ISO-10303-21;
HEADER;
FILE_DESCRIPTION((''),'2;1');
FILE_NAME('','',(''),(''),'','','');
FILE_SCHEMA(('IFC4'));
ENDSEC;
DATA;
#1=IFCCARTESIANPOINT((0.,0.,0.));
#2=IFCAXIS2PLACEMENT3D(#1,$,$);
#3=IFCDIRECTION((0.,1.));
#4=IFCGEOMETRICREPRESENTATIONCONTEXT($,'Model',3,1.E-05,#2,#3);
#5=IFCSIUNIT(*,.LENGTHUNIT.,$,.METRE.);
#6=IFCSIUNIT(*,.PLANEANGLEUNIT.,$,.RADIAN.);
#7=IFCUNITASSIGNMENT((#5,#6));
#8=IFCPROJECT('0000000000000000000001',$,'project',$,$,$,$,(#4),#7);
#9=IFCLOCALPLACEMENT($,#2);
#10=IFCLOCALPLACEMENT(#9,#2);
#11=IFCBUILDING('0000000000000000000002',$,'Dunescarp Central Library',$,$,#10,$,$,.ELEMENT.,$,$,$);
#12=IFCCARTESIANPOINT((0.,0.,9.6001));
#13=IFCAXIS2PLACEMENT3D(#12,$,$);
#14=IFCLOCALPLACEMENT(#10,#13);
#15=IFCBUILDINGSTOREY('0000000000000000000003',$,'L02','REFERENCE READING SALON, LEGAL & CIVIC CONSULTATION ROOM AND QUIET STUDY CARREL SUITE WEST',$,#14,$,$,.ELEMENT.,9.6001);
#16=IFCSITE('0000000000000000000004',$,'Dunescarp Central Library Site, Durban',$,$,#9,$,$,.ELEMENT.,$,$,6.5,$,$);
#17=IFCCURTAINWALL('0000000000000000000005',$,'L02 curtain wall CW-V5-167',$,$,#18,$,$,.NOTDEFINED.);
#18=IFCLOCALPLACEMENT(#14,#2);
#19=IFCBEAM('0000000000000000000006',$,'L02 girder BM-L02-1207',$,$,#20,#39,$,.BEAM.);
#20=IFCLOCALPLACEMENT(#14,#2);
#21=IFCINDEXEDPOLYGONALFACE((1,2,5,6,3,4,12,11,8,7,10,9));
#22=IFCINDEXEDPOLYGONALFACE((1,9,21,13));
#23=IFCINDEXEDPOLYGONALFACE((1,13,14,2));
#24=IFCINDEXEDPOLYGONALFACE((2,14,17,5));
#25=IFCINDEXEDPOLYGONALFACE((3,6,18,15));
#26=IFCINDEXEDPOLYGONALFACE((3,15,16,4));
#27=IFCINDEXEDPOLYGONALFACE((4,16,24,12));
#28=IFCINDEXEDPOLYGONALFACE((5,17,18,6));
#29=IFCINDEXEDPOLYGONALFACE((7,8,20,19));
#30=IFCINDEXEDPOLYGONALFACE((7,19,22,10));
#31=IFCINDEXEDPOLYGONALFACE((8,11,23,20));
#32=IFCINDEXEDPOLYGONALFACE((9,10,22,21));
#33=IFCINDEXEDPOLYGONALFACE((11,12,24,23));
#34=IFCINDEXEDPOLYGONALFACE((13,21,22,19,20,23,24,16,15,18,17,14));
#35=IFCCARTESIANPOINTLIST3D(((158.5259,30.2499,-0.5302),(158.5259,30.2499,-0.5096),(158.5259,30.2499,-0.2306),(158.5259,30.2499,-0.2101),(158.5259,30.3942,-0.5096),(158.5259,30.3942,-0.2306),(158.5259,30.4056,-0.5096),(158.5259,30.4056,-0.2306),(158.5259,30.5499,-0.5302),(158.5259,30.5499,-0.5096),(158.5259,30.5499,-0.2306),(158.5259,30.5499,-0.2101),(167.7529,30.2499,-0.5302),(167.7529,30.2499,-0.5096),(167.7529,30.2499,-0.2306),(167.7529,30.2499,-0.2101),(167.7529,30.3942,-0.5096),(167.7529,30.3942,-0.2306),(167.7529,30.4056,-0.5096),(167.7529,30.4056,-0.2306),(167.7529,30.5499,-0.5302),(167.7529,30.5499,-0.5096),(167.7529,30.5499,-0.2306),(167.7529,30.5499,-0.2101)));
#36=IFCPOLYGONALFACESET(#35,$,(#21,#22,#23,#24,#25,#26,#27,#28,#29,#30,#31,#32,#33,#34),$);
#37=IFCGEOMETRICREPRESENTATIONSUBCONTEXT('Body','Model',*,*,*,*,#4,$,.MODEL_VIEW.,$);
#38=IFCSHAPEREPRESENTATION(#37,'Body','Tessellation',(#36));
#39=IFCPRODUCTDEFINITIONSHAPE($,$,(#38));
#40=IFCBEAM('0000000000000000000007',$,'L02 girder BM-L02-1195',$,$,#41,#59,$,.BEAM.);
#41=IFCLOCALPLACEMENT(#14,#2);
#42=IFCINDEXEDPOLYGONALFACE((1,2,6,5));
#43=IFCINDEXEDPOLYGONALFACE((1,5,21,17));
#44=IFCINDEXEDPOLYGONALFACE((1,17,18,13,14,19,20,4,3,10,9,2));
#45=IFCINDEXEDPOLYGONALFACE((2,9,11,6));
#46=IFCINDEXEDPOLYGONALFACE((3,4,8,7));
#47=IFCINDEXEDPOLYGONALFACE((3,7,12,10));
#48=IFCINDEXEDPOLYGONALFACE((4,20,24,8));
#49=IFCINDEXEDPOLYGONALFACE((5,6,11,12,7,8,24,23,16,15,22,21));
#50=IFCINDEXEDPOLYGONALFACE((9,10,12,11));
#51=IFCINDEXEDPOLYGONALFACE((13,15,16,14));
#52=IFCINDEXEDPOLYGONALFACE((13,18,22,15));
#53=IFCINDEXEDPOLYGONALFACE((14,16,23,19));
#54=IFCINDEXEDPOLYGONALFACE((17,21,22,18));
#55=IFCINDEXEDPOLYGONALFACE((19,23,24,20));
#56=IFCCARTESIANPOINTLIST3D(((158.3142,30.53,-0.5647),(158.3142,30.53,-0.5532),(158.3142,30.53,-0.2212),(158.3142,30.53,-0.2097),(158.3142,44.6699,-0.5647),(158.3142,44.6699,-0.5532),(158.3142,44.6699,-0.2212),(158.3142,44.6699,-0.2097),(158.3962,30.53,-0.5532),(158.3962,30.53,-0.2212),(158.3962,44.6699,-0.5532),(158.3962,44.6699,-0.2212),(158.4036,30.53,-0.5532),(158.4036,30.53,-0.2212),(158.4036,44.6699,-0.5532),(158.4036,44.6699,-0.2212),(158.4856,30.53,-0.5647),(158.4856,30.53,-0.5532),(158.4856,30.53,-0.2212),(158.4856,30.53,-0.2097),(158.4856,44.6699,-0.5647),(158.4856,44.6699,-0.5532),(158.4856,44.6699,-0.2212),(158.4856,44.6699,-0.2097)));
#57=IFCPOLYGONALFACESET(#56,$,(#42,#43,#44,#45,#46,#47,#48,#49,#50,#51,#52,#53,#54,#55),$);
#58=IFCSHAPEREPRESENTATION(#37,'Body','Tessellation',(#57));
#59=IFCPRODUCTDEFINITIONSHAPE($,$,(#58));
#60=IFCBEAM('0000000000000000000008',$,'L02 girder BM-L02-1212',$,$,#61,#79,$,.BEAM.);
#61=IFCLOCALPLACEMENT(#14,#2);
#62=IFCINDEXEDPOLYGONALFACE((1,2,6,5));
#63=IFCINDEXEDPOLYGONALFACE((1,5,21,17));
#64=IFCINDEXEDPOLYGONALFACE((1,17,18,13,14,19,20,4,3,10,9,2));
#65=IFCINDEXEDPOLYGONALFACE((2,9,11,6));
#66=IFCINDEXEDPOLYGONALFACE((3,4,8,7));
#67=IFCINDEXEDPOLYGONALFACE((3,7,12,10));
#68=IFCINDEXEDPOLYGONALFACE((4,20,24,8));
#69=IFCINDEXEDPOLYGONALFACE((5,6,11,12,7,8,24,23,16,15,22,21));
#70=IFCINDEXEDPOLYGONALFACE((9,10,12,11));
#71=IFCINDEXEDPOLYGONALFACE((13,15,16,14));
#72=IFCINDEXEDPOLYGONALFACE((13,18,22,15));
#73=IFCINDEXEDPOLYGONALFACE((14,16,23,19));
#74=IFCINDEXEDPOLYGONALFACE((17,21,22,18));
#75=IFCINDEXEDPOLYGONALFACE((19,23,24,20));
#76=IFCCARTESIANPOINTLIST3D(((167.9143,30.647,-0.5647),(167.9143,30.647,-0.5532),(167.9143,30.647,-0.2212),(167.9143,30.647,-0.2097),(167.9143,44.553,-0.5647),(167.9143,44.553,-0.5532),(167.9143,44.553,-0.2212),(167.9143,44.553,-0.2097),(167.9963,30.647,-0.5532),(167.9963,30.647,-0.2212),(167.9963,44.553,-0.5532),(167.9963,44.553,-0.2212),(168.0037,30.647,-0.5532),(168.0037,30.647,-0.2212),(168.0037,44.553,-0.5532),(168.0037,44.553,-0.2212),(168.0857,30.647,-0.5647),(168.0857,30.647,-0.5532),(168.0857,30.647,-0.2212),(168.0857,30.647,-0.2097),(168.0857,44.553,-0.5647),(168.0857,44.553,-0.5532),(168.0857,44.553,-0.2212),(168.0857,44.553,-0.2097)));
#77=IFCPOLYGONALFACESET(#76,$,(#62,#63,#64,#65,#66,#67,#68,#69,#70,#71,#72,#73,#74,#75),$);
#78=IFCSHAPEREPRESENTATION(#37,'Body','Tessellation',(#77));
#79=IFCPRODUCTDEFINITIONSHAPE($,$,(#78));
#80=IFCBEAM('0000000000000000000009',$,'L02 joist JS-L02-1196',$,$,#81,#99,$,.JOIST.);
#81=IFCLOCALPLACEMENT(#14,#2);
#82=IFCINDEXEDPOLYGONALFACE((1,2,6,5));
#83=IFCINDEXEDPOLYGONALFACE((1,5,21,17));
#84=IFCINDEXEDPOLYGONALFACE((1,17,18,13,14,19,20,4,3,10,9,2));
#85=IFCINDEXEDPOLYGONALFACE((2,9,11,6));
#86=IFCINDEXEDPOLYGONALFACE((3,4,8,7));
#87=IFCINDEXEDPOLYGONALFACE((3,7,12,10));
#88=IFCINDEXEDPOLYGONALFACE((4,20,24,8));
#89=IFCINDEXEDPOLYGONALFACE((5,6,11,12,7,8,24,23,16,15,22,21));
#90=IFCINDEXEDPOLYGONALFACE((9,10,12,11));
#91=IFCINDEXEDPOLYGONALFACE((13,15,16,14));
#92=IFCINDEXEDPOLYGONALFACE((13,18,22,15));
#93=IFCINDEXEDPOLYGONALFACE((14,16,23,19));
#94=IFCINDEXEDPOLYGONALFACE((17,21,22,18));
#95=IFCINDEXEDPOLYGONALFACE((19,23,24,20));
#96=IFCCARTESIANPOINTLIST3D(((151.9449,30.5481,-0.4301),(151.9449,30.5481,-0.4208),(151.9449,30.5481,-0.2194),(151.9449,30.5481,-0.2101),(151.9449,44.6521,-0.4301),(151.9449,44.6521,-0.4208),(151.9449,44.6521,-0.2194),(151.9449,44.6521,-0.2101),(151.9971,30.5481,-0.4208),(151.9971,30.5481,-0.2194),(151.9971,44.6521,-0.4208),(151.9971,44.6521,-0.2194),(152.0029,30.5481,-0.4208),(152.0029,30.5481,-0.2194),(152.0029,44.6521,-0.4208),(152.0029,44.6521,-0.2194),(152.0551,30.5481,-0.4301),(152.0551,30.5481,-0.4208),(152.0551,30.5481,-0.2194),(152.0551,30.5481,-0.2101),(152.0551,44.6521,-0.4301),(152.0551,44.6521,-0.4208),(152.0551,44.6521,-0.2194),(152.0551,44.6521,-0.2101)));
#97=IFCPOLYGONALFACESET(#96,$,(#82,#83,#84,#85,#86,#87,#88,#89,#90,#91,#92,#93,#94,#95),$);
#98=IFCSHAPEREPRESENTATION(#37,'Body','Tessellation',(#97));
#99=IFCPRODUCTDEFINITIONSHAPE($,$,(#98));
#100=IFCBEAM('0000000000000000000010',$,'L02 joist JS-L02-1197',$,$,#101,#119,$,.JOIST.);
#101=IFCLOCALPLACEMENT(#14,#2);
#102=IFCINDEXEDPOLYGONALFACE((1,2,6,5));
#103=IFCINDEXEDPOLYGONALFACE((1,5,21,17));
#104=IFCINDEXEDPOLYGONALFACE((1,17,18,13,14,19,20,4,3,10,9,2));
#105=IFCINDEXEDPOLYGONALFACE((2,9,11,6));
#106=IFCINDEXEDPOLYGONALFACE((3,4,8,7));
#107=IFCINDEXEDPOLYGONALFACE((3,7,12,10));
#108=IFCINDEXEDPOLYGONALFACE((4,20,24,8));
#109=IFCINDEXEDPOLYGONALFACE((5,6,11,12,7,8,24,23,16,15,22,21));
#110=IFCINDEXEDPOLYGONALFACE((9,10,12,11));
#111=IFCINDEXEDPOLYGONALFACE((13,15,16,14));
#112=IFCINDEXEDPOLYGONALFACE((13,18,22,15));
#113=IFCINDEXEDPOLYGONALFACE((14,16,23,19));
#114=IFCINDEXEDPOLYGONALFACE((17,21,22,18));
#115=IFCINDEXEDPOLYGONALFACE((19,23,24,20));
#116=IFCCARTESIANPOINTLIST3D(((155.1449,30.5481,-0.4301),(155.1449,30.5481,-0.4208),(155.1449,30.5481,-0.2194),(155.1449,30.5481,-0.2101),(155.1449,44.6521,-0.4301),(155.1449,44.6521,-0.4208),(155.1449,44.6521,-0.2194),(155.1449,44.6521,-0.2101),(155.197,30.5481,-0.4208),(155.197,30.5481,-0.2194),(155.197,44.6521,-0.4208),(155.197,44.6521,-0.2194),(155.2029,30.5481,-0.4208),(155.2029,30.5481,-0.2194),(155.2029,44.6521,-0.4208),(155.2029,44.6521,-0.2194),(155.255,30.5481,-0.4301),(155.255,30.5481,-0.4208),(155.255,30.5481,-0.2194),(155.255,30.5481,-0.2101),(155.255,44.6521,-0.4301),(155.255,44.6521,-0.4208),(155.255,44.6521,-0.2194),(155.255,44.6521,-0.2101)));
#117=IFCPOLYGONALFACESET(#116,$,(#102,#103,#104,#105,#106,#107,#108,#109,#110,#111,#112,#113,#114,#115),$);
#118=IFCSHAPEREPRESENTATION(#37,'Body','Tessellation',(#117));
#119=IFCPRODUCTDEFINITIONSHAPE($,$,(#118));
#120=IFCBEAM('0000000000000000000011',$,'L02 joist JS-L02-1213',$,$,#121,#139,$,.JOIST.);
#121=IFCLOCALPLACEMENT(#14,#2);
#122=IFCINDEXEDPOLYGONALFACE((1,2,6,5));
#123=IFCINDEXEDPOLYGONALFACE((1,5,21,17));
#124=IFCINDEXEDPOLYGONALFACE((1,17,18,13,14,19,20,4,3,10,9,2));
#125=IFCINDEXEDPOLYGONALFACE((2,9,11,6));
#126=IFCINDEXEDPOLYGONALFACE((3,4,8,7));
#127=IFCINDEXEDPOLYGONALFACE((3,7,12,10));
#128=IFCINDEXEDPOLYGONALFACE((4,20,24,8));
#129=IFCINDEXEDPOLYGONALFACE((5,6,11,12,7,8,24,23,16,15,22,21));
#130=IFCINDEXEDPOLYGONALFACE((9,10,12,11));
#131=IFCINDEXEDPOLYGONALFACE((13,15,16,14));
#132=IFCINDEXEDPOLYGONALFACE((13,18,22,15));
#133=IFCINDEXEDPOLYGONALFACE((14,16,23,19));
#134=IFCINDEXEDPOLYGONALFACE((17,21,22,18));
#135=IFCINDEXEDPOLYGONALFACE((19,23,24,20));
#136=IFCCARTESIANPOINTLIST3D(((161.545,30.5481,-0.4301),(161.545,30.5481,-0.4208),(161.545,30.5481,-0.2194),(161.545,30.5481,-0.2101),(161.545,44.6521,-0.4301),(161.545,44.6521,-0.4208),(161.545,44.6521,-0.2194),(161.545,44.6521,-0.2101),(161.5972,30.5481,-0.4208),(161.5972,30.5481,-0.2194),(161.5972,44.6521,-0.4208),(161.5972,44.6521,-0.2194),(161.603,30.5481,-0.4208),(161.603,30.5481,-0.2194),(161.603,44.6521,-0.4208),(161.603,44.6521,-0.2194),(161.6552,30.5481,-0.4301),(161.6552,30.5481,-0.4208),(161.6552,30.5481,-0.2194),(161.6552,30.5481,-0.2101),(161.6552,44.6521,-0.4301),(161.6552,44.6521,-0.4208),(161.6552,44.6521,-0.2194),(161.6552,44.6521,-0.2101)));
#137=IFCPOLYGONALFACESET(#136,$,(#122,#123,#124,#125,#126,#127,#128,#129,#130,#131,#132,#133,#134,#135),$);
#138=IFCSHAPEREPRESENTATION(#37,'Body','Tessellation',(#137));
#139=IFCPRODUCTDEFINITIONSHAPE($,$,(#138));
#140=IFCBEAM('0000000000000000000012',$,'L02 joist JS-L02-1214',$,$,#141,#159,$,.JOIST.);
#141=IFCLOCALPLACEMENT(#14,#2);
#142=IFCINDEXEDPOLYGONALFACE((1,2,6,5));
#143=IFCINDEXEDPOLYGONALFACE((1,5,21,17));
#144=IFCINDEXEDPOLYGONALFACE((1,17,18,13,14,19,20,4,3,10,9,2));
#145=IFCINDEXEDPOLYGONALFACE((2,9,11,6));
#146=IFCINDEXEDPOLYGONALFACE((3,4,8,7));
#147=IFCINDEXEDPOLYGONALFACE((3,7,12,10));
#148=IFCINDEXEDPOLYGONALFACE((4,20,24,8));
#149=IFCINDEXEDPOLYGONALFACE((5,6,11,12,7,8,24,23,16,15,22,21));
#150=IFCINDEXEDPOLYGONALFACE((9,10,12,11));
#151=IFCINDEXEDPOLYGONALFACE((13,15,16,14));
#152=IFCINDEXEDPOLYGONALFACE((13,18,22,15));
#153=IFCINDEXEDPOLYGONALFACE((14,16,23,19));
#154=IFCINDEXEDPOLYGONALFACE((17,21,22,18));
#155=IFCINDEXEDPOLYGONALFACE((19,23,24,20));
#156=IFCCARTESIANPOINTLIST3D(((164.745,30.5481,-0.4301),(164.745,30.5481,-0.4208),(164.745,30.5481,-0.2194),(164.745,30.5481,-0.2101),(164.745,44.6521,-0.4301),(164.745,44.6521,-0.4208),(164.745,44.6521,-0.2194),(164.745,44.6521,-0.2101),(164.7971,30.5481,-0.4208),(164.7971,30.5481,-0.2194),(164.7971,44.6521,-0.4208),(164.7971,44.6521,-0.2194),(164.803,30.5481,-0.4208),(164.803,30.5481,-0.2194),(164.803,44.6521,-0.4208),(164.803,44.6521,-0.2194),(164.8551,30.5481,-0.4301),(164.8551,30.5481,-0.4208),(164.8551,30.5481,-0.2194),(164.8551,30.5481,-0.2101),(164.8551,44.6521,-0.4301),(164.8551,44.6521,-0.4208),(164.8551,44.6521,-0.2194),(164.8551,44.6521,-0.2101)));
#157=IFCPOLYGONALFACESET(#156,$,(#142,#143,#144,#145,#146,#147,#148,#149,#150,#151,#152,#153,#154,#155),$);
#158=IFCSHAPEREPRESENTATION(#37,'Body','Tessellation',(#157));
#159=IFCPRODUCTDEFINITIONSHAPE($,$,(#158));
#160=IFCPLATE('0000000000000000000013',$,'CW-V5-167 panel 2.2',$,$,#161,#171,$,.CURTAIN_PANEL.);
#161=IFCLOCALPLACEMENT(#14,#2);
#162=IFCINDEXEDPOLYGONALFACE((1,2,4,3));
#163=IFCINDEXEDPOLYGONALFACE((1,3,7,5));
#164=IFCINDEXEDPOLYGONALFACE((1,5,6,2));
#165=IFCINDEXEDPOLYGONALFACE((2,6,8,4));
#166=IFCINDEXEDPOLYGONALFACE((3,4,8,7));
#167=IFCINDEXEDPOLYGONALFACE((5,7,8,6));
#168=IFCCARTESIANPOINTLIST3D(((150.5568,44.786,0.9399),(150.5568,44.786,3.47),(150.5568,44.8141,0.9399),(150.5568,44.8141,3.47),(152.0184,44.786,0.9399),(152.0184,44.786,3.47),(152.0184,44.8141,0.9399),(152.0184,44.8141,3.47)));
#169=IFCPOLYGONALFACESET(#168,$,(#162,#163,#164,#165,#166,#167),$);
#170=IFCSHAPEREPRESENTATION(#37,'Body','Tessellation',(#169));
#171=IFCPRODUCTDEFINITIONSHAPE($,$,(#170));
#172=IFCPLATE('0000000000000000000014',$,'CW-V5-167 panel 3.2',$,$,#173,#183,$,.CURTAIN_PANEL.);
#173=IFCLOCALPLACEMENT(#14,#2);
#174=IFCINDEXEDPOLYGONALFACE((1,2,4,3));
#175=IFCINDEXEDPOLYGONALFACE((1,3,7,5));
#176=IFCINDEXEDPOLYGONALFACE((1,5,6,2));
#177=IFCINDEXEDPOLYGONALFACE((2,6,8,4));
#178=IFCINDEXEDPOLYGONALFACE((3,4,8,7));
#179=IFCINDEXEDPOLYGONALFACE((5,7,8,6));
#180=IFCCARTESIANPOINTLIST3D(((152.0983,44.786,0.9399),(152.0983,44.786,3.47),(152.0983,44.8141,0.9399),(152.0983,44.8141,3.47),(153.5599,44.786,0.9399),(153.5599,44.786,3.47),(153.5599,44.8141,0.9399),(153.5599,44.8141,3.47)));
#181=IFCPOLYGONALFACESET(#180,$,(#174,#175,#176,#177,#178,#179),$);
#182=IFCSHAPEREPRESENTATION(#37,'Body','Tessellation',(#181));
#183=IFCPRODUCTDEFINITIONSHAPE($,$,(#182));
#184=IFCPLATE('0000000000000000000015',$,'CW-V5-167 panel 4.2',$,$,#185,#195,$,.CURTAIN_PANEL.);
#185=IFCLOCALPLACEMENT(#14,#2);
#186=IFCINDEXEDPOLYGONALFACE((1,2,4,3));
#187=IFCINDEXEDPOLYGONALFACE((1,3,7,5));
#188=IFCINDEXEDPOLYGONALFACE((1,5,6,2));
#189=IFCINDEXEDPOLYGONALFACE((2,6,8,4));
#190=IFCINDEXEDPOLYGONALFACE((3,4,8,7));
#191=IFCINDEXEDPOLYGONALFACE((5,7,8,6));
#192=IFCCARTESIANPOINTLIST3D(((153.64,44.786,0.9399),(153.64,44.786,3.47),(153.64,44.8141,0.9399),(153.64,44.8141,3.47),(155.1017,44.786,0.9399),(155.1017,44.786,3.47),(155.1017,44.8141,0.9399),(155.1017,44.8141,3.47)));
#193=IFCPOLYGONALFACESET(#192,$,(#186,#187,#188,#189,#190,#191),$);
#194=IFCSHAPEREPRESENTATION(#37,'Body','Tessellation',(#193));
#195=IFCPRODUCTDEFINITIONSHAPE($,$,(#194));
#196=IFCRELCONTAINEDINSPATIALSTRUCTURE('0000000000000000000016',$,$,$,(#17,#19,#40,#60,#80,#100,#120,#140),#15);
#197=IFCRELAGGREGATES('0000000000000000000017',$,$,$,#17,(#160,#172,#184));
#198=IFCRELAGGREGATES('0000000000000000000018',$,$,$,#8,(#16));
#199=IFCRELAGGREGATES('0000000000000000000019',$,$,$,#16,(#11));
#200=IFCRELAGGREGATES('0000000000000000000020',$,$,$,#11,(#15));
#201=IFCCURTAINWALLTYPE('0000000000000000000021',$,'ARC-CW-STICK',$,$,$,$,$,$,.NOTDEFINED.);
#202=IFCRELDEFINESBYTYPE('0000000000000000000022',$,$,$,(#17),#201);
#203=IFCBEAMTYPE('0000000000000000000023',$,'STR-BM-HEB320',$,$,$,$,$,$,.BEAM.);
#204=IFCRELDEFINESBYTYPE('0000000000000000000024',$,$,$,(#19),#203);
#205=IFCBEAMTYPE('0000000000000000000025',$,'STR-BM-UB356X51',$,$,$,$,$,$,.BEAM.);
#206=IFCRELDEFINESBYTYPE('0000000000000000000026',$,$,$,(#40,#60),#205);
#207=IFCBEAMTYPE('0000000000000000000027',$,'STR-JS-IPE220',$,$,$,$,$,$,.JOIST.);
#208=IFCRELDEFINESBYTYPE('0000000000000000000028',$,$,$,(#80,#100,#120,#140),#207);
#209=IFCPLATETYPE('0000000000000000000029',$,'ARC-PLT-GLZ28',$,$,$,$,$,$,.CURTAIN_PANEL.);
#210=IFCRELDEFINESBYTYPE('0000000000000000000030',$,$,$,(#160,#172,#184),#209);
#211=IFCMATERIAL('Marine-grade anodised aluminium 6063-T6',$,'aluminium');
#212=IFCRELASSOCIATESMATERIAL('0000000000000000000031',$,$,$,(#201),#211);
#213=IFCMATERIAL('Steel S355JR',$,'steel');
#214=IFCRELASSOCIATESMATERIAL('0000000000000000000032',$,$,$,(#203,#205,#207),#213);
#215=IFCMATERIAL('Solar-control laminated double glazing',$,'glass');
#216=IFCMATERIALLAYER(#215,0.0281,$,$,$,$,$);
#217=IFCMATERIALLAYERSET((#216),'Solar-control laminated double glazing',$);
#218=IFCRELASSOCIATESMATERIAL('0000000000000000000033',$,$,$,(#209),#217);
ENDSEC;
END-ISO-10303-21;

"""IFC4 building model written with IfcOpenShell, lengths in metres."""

from ifc_helpers import new_model, si_unit, direction, frame, origin, origin_2d, place, context, subcontext, project, spatial, rectangle, i_section, extrude, material, layer, layer_set, material_profile, profile_set, type_object, element, aggregate, save


model = new_model("IFC4")

# Units and contexts
model_context = context("Model", 3, precision=1e-05, world=origin(), true_north=direction((0.0, 1.0)))
body_context = subcontext(model_context, "Body", "Model", "MODEL_VIEW")
ifc_project = project(units=[si_unit("LENGTHUNIT", "METRE"), si_unit("PLANEANGLEUNIT", "RADIAN")], contexts=[model_context])

# Site, building, storey
site_placement = place(None, origin())
site = spatial("IfcSite", under=ifc_project, at=site_placement, Name="Dunescarp Central Library Site, Durban", CompositionType="ELEMENT", RefElevation=6.5)
building_placement = place(site_placement, origin())
building = spatial("IfcBuilding", under=site, at=building_placement, Name="Dunescarp Central Library", CompositionType="ELEMENT")
storey_placement = place(building_placement, frame((0.0, 0.0, 9.6001)))
storey = spatial("IfcBuildingStorey", under=building, at=storey_placement, Name="L02", Description="REFERENCE READING SALON, LEGAL & CIVIC CONSULTATION ROOM AND QUIET STUDY CARREL SUITE WEST", CompositionType="ELEMENT", Elevation=9.6001)

# Shared definitions
ifc_material_1 = material(Name="Steel S355JR", Category="steel")

# Curtain wall
ifc_material_2 = material(Name="Marine-grade anodised aluminium 6063-T6", Category="aluminium")
curtain_wall_type = type_object("IfcCurtainWallType", Name="ARC-CW-STICK", PredefinedType="NOTDEFINED", material=ifc_material_2)
curtain_wall_placement = place(storey_placement, origin())
curtain_wall = element("IfcCurtainWall", 1, at=curtain_wall_placement, inside=storey, type_object=curtain_wall_type, Name="L02 curtain wall CW-V5-167", PredefinedType="NOTDEFINED")

# Beams
ifc_material_profile_1 = material_profile(ifc_material_1, i_section(OverallWidth=0.3, OverallDepth=0.3201, WebThickness=0.0115, FlangeThickness=0.0205, at=origin_2d()), Name="HEB 320")
ifc_profile_set_1 = profile_set([ifc_material_profile_1], Name="Steel S355JR")
beam_type_1 = type_object("IfcBeamType", Name="STR-BM-HEB320", PredefinedType="BEAM", material=ifc_profile_set_1)
beam_1_placement = place(storey_placement, frame((158.5259, 30.3999, -0.3701), z_axis=(1.0, 0.0, 0.0), x_axis=(0.0, 1.0, 0.0)))
element("IfcBeam", 2, at=beam_1_placement, inside=storey, type_object=beam_type_1, Name="L02 girder BM-L02-1207", PredefinedType="BEAM", context=body_context, shape_type="SweptSolid", body=[
    extrude(i_section(OverallWidth=0.3, OverallDepth=0.3201, WebThickness=0.0115, FlangeThickness=0.0205, at=origin_2d()), origin(), (0.0, 0.0, 1.0), 9.2271),
])
ifc_material_profile_2 = material_profile(ifc_material_1, i_section(OverallWidth=0.1714, OverallDepth=0.355, WebThickness=0.0073, FlangeThickness=0.0115, at=origin_2d()), Name="UB 356x171x51")
ifc_profile_set_2 = profile_set([ifc_material_profile_2], Name="Steel S355JR")
beam_type_2 = type_object("IfcBeamType", Name="STR-BM-UB356X51", PredefinedType="BEAM", material=ifc_profile_set_2)
beam_2_placement = place(storey_placement, frame((158.3999, 30.53, -0.3872), z_axis=(0.0, 1.0, 0.0), x_axis=(-1.0, 0.0, 0.0)))
element("IfcBeam", 3, at=beam_2_placement, inside=storey, type_object=beam_type_2, Name="L02 girder BM-L02-1195", PredefinedType="BEAM", context=body_context, shape_type="SweptSolid", body=[
    extrude(i_section(OverallWidth=0.1714, OverallDepth=0.355, WebThickness=0.0073, FlangeThickness=0.0115, at=origin_2d()), origin(), (0.0, 0.0, 1.0), 14.1399),
])
beam_3_placement = place(storey_placement, frame((168.0, 30.647, -0.3872), z_axis=(0.0, 1.0, 0.0), x_axis=(-1.0, 0.0, 0.0)))
element("IfcBeam", 4, at=beam_3_placement, inside=storey, type_object=beam_type_2, Name="L02 girder BM-L02-1212", PredefinedType="BEAM", context=body_context, shape_type="SweptSolid", body=[
    extrude(i_section(OverallWidth=0.1714, OverallDepth=0.355, WebThickness=0.0073, FlangeThickness=0.0115, at=origin_2d()), origin(), (0.0, 0.0, 1.0), 13.906),
])
ifc_material_profile_3 = material_profile(ifc_material_1, i_section(OverallWidth=0.1101, OverallDepth=0.22, WebThickness=0.0059, FlangeThickness=0.0093, at=origin_2d()), Name="IPE 220")
ifc_profile_set_3 = profile_set([ifc_material_profile_3], Name="Steel S355JR")
beam_type_3 = type_object("IfcBeamType", Name="STR-JS-IPE220", PredefinedType="JOIST", material=ifc_profile_set_3)
for number, where, z_axis, x_axis, name in (
    (5, (152.0, 30.5481, -0.3201), (0.0, 1.0, 0.0), (-1.0, 0.0, 0.0), "L02 joist JS-L02-1196"),
    (6, (155.2, 30.5481, -0.3201), (0.0, 1.0, 0.0), (-1.0, 0.0, 0.0), "L02 joist JS-L02-1197"),
    (7, (161.6001, 30.5481, -0.3201), (0.0, 1.0, 0.0), (-1.0, 0.0, 0.0), "L02 joist JS-L02-1213"),
    (8, (164.8, 30.5481, -0.3201), (0.0, 1.0, 0.0), (-1.0, 0.0, 0.0), "L02 joist JS-L02-1214"),
):
    element("IfcBeam", number, at=place(storey_placement, frame(where, z_axis=z_axis, x_axis=x_axis)), inside=storey, type_object=beam_type_3, Name=name, PredefinedType="JOIST", context=body_context, shape_type="SweptSolid", body=[
        extrude(i_section(OverallWidth=0.1101, OverallDepth=0.22, WebThickness=0.0059, FlangeThickness=0.0093, at=origin_2d()), origin(), (0.0, 0.0, 1.0), 14.104),
    ])

# Plates
ifc_material_3 = material(Name="Solar-control laminated double glazing", Category="glass")
ifc_layer_1 = layer(ifc_material_3, 0.0281)
ifc_layer_set_1 = layer_set([ifc_layer_1], Name="Solar-control laminated double glazing")
plate_type_1 = type_object("IfcPlateType", Name="ARC-PLT-GLZ28", PredefinedType="CURTAIN_PANEL", material=ifc_layer_set_1)
plate_1_placement = place(storey_placement, frame((151.2876, 44.8, 0.9399), z_axis=(0.0, 0.0, 1.0), x_axis=(1.0, 0.0, 0.0)))
plate_1 = element("IfcPlate", 9, at=plate_1_placement, type_object=plate_type_1, Name="CW-V5-167 panel 2.2", PredefinedType="CURTAIN_PANEL", context=body_context, shape_type="SweptSolid", body=[
    extrude(rectangle(XDim=1.4617, YDim=0.0281, at=origin_2d()), origin(), (0.0, 0.0, 1.0), 2.53),
])
plate_2_placement = place(storey_placement, frame((152.8291, 44.8, 0.9399), z_axis=(0.0, 0.0, 1.0), x_axis=(1.0, 0.0, 0.0)))
plate_2 = element("IfcPlate", 10, at=plate_2_placement, type_object=plate_type_1, Name="CW-V5-167 panel 3.2", PredefinedType="CURTAIN_PANEL", context=body_context, shape_type="SweptSolid", body=[
    extrude(rectangle(XDim=1.4617, YDim=0.0281, at=origin_2d()), origin(), (0.0, 0.0, 1.0), 2.53),
])
plate_3_placement = place(storey_placement, frame((154.3708, 44.8, 0.9399), z_axis=(0.0, 0.0, 1.0), x_axis=(1.0, 0.0, 0.0)))
plate_3 = element("IfcPlate", 11, at=plate_3_placement, type_object=plate_type_1, Name="CW-V5-167 panel 4.2", PredefinedType="CURTAIN_PANEL", context=body_context, shape_type="SweptSolid", body=[
    extrude(rectangle(XDim=1.4617, YDim=0.0281, at=origin_2d()), origin(), (0.0, 0.0, 1.0), 2.53),
])
aggregate(curtain_wall, [plate_1, plate_2, plate_3])

save(model, "model.ifc")
